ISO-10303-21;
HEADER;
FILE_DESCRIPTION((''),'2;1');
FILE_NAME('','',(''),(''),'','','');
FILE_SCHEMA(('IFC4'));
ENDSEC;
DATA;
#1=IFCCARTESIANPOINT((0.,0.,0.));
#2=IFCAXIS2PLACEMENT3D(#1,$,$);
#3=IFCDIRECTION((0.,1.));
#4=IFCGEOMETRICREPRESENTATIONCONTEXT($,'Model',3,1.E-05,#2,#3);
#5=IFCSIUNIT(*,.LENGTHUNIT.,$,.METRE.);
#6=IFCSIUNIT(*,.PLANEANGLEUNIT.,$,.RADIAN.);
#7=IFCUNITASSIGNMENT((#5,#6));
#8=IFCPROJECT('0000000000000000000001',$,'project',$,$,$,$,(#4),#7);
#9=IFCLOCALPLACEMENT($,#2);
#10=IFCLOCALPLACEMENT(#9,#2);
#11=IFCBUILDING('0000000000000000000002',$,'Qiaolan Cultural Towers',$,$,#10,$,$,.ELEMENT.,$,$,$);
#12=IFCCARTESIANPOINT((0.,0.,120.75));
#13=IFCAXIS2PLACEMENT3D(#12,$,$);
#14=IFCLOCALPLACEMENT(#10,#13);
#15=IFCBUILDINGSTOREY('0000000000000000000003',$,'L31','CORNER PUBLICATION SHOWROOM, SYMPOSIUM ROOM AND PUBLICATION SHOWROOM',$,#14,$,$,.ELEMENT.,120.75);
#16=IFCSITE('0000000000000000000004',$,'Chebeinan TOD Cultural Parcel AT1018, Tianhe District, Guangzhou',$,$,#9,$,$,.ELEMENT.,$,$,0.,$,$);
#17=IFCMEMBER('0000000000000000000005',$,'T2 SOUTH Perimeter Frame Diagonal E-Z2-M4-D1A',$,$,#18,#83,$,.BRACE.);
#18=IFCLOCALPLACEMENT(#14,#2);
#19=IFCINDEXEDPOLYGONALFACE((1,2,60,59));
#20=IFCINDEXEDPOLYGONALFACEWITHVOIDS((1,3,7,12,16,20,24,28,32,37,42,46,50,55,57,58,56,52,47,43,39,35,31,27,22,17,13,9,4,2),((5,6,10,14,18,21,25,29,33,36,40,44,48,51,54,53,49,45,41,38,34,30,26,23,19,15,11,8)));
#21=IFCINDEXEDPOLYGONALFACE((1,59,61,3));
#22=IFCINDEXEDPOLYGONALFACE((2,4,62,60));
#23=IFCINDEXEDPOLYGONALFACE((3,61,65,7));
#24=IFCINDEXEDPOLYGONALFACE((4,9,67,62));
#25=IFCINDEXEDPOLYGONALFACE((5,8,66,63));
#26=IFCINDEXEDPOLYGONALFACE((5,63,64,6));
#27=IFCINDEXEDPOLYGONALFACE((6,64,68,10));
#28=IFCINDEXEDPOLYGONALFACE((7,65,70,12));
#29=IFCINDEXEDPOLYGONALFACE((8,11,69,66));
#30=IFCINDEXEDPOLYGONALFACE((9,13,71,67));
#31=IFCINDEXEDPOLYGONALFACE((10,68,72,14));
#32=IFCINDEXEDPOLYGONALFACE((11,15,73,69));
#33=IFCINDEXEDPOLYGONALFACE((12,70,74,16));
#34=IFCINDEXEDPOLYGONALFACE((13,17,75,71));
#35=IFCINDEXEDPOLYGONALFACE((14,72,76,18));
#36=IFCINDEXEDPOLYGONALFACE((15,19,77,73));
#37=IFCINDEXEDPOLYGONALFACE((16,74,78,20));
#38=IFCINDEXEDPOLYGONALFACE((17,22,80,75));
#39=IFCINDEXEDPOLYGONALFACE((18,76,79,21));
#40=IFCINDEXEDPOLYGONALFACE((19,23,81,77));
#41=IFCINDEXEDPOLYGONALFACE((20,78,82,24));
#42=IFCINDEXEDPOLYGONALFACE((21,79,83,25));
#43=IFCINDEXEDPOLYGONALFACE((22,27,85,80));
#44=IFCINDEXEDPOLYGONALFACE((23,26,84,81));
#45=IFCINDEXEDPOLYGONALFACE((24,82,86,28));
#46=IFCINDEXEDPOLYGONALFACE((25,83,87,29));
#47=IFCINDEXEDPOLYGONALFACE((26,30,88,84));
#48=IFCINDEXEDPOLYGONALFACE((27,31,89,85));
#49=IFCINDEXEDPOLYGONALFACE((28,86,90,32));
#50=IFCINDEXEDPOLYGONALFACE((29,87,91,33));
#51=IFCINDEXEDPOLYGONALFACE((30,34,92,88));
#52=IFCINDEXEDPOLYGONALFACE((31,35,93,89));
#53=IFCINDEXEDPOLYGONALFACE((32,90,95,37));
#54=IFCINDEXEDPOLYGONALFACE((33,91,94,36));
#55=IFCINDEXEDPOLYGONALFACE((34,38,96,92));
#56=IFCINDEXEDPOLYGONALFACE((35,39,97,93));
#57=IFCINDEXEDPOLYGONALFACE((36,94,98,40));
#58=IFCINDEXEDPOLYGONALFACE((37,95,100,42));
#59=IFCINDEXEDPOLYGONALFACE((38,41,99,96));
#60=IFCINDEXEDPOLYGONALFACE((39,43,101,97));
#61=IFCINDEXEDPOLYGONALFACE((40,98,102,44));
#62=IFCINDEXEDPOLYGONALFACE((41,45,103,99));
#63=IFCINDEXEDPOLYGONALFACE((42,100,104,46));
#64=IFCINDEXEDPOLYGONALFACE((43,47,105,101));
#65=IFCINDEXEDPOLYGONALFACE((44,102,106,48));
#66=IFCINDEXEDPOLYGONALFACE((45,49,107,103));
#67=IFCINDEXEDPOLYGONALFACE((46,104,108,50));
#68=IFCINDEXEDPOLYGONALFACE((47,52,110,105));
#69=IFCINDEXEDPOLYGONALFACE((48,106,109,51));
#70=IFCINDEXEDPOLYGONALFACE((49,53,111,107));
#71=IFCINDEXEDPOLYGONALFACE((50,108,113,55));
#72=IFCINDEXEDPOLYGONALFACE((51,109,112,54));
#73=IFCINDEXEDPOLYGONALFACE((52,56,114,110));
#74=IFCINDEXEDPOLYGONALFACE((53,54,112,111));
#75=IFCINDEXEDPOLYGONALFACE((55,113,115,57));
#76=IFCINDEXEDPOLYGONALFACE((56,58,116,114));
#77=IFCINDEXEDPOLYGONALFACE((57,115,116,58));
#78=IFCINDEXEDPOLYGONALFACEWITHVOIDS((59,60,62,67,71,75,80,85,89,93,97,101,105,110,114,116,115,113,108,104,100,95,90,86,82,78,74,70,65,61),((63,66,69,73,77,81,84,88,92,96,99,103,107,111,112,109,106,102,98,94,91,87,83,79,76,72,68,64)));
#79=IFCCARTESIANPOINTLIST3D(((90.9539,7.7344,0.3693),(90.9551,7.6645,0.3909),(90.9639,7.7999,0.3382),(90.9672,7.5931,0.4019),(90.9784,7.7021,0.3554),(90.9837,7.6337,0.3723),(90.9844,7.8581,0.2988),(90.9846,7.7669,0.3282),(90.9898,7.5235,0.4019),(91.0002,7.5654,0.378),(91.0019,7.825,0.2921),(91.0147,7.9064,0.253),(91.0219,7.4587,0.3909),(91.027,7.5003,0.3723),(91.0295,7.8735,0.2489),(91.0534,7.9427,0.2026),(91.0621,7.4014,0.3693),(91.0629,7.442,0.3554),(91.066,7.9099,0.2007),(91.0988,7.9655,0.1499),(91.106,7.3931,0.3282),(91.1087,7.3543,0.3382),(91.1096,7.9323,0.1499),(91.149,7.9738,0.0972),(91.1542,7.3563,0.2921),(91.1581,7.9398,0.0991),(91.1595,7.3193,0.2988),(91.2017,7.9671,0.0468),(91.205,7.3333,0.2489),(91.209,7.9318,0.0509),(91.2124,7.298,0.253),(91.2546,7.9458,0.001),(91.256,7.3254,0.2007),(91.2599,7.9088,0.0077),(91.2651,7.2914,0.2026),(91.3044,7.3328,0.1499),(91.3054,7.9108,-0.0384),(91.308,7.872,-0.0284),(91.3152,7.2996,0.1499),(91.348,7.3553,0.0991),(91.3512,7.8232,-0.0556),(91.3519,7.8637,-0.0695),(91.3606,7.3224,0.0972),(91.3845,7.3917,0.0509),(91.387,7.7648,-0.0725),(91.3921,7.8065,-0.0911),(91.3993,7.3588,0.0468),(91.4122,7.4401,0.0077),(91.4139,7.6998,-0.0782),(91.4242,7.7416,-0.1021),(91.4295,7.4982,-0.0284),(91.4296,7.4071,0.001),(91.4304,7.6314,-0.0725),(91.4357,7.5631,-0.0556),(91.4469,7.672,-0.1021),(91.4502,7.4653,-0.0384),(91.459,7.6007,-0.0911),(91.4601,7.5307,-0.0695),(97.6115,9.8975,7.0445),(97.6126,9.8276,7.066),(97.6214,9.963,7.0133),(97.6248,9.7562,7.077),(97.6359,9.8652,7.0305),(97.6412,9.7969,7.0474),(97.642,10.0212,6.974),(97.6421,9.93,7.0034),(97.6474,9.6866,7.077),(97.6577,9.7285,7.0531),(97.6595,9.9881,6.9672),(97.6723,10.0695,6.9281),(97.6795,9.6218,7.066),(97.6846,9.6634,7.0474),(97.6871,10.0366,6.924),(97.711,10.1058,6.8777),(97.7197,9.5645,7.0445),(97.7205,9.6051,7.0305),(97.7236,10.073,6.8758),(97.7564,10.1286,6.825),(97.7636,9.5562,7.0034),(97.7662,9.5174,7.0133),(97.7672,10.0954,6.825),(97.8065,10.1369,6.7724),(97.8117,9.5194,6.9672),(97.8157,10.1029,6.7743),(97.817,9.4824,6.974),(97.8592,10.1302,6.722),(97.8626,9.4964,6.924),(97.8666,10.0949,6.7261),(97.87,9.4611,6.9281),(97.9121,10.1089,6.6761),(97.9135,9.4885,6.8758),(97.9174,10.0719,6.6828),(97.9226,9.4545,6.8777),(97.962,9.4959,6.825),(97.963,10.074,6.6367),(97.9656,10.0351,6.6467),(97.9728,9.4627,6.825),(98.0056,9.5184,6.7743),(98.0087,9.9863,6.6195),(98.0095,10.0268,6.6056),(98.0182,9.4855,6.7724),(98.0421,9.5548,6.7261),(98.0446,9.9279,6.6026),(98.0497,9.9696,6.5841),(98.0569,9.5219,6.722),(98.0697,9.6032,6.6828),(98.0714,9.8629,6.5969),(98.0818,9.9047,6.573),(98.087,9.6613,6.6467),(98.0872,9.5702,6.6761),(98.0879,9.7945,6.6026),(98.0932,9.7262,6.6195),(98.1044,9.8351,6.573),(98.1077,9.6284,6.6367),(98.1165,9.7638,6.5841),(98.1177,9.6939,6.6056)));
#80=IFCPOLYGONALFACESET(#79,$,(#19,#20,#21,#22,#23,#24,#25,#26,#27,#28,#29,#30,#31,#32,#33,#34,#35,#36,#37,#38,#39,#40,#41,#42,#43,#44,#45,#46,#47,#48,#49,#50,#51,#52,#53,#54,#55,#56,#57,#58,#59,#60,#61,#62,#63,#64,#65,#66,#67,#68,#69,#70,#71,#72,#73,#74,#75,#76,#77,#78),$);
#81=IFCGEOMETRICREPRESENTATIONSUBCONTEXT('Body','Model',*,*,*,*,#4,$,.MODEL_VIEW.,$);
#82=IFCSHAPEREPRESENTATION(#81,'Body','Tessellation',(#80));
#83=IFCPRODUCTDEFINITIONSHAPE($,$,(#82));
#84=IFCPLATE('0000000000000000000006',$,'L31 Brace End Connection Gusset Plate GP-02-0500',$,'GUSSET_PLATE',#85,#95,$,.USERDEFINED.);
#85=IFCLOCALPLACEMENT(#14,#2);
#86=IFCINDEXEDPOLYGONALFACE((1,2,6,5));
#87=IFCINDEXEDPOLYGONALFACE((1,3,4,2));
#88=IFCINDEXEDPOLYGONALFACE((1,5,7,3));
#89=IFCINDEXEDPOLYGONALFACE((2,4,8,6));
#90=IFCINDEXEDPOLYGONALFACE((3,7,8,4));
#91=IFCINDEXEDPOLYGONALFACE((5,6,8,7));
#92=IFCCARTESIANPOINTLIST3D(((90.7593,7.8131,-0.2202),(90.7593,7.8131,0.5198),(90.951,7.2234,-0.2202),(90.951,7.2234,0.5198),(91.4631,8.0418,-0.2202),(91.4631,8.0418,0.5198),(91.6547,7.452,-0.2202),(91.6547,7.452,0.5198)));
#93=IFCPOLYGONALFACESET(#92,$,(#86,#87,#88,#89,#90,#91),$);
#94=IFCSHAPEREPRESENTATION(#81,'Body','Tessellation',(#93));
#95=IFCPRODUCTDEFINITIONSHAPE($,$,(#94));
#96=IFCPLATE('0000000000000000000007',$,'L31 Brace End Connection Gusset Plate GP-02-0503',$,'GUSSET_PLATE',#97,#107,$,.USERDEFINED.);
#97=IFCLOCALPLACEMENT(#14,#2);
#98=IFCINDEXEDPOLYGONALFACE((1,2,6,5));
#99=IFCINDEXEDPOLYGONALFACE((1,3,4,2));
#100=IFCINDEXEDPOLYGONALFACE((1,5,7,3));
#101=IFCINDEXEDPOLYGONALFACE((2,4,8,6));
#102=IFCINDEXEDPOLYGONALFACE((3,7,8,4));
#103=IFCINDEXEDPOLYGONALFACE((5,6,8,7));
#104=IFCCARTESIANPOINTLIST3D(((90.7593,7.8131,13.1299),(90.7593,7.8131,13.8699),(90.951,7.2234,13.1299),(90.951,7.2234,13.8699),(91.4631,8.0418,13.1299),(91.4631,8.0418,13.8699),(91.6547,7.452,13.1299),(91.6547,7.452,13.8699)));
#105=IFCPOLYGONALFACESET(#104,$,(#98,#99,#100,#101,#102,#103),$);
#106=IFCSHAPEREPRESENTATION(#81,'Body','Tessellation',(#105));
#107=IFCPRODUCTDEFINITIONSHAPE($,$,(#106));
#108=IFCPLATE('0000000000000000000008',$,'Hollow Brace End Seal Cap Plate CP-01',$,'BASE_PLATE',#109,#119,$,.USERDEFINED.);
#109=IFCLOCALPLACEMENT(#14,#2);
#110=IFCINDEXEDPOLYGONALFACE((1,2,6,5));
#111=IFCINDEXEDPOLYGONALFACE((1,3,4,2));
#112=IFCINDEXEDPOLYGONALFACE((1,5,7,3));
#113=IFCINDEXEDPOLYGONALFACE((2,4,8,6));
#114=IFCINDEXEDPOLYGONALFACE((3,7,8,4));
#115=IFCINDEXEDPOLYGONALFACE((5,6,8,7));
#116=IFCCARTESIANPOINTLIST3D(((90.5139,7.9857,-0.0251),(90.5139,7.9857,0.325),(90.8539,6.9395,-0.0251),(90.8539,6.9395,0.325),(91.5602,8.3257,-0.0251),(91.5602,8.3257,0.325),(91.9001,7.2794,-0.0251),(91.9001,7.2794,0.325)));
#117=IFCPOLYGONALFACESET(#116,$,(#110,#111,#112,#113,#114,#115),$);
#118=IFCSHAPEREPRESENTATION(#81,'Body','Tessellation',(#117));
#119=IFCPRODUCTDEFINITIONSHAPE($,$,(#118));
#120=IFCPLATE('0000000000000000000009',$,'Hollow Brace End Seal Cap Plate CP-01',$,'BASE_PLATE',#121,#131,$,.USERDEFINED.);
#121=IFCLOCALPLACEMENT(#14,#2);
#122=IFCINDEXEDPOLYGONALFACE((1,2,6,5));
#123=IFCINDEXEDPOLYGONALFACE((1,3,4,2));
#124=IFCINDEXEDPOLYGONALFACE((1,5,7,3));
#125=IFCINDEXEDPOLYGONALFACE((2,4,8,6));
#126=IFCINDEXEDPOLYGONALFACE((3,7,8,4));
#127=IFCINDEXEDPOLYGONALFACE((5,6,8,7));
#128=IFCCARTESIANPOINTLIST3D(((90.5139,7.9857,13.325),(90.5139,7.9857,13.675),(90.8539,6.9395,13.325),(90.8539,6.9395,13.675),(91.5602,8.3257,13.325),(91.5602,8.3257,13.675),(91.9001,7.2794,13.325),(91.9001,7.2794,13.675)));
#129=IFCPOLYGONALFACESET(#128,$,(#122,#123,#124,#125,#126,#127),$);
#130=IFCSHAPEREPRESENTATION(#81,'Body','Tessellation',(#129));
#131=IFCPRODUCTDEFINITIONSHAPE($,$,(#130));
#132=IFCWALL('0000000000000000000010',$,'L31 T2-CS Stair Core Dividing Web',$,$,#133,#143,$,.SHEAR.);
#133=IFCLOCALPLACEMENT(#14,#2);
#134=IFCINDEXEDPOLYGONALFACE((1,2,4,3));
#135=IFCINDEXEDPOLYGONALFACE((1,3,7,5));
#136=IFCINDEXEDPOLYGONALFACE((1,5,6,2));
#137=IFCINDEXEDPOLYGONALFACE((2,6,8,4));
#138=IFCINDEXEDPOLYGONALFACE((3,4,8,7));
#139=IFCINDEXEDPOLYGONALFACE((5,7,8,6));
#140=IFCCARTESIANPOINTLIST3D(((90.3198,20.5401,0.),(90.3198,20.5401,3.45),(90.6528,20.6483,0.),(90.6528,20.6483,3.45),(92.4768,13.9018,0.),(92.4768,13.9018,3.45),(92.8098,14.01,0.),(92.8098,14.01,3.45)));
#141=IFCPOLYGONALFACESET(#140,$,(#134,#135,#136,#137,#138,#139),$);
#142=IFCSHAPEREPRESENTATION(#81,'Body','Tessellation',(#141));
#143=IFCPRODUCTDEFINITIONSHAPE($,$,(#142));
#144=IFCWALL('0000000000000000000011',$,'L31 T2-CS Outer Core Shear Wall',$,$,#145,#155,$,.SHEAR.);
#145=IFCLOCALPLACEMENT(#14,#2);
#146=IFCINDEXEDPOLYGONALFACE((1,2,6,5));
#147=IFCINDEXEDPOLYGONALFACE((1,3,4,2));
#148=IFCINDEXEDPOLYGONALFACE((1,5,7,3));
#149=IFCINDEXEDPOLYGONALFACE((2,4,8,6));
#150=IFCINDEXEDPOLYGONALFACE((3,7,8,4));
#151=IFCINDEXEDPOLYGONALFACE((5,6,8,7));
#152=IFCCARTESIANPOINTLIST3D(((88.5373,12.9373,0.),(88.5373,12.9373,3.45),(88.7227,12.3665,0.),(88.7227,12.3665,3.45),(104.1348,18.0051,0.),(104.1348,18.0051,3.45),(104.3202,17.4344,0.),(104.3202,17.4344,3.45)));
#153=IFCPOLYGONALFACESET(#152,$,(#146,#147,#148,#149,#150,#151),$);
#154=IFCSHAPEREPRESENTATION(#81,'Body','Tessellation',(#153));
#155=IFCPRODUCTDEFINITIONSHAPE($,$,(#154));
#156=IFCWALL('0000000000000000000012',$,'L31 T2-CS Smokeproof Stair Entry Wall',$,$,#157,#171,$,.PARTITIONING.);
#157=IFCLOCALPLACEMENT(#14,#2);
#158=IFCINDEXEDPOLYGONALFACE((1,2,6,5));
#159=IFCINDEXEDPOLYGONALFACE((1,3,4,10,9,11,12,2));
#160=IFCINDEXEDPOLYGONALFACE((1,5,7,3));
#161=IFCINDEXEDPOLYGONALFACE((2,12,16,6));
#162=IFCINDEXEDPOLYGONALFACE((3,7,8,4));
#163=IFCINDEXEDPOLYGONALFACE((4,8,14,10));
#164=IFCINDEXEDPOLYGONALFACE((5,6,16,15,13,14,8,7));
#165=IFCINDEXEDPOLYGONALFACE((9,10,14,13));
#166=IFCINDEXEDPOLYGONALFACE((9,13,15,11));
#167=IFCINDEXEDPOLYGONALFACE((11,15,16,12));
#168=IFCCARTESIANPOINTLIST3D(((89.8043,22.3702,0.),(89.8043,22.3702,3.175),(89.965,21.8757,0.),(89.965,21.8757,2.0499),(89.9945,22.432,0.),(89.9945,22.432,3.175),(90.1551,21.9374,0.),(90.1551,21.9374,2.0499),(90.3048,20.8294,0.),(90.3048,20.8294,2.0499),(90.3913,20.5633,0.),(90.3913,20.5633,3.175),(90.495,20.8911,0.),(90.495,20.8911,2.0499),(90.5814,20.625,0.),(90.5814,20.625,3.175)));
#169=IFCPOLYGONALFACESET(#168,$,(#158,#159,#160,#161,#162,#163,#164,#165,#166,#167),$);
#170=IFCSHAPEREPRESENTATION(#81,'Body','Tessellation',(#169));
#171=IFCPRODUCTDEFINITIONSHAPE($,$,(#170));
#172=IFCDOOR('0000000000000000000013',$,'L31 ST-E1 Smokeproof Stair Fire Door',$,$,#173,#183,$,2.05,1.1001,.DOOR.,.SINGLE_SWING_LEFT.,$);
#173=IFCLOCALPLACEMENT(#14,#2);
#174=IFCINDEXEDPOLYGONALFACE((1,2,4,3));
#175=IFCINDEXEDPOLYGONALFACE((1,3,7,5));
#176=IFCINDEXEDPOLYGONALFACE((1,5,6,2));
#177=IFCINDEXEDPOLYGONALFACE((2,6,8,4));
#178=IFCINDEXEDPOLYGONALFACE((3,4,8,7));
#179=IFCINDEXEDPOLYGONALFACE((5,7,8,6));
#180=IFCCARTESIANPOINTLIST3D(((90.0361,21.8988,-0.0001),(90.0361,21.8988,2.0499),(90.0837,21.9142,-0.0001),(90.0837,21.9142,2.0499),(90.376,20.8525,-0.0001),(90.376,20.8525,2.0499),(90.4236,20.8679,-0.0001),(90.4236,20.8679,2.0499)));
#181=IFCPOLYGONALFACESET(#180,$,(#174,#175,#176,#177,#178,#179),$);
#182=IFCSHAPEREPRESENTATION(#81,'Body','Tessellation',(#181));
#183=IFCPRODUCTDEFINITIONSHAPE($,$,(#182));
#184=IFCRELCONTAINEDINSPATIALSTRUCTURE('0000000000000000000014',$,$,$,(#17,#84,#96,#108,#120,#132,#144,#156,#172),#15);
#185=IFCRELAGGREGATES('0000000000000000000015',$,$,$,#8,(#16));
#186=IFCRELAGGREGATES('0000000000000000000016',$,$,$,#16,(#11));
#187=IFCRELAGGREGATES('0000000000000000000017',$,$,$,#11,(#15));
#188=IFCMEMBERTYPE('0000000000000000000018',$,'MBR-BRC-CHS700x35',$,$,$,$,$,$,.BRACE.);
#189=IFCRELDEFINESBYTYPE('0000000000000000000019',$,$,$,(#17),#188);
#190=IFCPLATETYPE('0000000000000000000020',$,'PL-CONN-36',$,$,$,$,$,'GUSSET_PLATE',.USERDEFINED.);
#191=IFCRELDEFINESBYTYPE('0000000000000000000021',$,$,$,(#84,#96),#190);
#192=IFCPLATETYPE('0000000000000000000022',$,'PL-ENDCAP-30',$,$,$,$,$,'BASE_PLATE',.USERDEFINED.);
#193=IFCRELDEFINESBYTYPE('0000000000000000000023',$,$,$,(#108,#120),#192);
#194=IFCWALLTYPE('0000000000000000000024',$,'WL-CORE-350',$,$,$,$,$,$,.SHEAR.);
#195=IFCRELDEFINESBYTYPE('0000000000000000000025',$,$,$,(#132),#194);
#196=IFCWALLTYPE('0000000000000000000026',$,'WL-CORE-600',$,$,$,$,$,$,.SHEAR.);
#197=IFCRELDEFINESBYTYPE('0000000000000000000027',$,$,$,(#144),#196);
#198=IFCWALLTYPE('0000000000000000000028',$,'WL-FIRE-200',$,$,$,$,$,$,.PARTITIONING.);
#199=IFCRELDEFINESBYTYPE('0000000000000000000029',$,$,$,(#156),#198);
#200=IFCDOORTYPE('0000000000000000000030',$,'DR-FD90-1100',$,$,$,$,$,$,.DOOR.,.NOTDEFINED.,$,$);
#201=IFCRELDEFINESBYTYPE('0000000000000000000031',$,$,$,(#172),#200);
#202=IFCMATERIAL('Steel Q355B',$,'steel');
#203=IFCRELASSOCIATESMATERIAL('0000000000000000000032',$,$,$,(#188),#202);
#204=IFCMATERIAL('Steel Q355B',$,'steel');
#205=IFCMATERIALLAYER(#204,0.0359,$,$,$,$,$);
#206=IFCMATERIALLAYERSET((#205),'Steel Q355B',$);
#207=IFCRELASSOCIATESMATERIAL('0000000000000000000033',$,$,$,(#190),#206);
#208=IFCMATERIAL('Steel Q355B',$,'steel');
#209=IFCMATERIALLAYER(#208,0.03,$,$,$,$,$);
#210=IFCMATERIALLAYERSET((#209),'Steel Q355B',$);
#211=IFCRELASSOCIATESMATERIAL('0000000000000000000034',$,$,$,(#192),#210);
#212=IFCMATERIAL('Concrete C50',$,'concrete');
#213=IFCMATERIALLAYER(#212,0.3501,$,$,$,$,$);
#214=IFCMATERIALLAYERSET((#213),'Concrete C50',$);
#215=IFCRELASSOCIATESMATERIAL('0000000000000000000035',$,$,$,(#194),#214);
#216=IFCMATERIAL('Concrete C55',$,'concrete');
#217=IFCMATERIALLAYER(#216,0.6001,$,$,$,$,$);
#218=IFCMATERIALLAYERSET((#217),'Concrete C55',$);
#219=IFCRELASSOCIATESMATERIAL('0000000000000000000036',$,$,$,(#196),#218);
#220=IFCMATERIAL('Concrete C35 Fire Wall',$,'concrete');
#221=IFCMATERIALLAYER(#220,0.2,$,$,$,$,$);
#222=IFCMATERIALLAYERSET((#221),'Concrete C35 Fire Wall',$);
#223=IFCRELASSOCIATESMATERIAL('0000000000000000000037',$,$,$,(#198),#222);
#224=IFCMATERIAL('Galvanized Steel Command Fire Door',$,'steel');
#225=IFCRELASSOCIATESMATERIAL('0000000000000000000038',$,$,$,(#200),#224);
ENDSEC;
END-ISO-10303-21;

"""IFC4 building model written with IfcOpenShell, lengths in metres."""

from ifc_helpers import new_model, si_unit, direction, frame, frame_2d, origin, origin_2d, place, context, subcontext, project, spatial, rectangle, hollow_circle, extrude, material, layer, layer_set, material_profile, profile_set, type_object, element, fill, save


model = new_model("IFC4")

# Units and contexts
model_context = context("Model", 3, precision=1e-05, world=origin(), true_north=direction((0.0, 1.0)))
body_context = subcontext(model_context, "Body", "Model", "MODEL_VIEW")
ifc_project = project(units=[si_unit("LENGTHUNIT", "METRE"), si_unit("PLANEANGLEUNIT", "RADIAN")], contexts=[model_context])

# Site, building, storey
site_placement = place(None, origin())
site = spatial("IfcSite", under=ifc_project, at=site_placement, Name="Chebeinan TOD Cultural Parcel AT1018, Tianhe District, Guangzhou", CompositionType="ELEMENT", RefElevation=0.0)
building_placement = place(site_placement, origin())
building = spatial("IfcBuilding", under=site, at=building_placement, Name="Qiaolan Cultural Towers", CompositionType="ELEMENT")
storey_placement = place(building_placement, frame((0.0, 0.0, 120.75)))
storey = spatial("IfcBuildingStorey", under=building, at=storey_placement, Name="L31", Description="CORNER PUBLICATION SHOWROOM, SYMPOSIUM ROOM AND PUBLICATION SHOWROOM", CompositionType="ELEMENT", Elevation=120.75)

# Member
ifc_material_1 = material(Name="Steel Q355B", Category="steel")
ifc_material_profile_1 = material_profile(ifc_material_1, hollow_circle(Radius=0.3501, WallThickness=0.0349, at=origin_2d()), Name="CHS700x35")
ifc_profile_set_1 = profile_set([ifc_material_profile_1], Name="Steel Q355B")
member_type = type_object("IfcMemberType", Name="MBR-BRC-CHS700x35", PredefinedType="BRACE", material=ifc_profile_set_1)
member_placement = place(storey_placement, frame((91.207, 7.6326, 0.1499), z_axis=(0.688289, 0.223633, 0.690106), x_axis=(-0.30901, 0.951059, 0.0)))
element("IfcMember", 1, at=member_placement, inside=storey, type_object=member_type, Name="T2 SOUTH Perimeter Frame Diagonal E-Z2-M4-D1A", PredefinedType="BRACE", context=body_context, shape_type="SweptSolid", body=[
    extrude(hollow_circle(Radius=0.3501, WallThickness=0.0349, at=origin_2d()), origin(), (0.0, 0.0, 1.0), 9.6726),
])

# Plates
ifc_material_2 = material(Name="Steel Q355B", Category="steel")
ifc_layer_1 = layer(ifc_material_2, 0.0359)
ifc_layer_set_1 = layer_set([ifc_layer_1], Name="Steel Q355B")
plate_type_1 = type_object("IfcPlateType", Name="PL-CONN-36", ElementType="GUSSET_PLATE", PredefinedType="USERDEFINED", material=ifc_layer_set_1)
for number, where, z_axis, x_axis, name in (
    (2, (91.207, 7.6326, -0.2202), (0.0, 0.0, 1.0), (0.951057, 0.309017, 0.0), "L31 Brace End Connection Gusset Plate GP-02-0500"),
    (3, (91.207, 7.6326, 13.1299), (0.0, 0.0, 1.0), (0.951057, 0.309017, 0.0), "L31 Brace End Connection Gusset Plate GP-02-0503"),
):
    element("IfcPlate", number, at=place(storey_placement, frame(where, z_axis=z_axis, x_axis=x_axis)), inside=storey, type_object=plate_type_1, Name=name, ObjectType="GUSSET_PLATE", PredefinedType="USERDEFINED", context=body_context, shape_type="SweptSolid", body=[
        extrude(rectangle(XDim=0.74, YDim=0.6201, at=origin_2d()), origin(), (0.0, 0.0, 1.0), 0.74),
    ])
ifc_material_3 = material(Name="Steel Q355B", Category="steel")
ifc_layer_2 = layer(ifc_material_3, 0.03)
ifc_layer_set_2 = layer_set([ifc_layer_2], Name="Steel Q355B")
plate_type_2 = type_object("IfcPlateType", Name="PL-ENDCAP-30", ElementType="BASE_PLATE", PredefinedType="USERDEFINED", material=ifc_layer_set_2)
for number, where, z_axis, x_axis, name in (
    (4, (91.207, 7.6326, -0.0251), (0.0, 0.0, 1.0), (0.951057, 0.309017, 0.0), "Hollow Brace End Seal Cap Plate CP-01"),
    (5, (91.207, 7.6326, 13.325), (0.0, 0.0, 1.0), (0.951057, 0.309017, 0.0), "Hollow Brace End Seal Cap Plate CP-01"),
):
    element("IfcPlate", number, at=place(storey_placement, frame(where, z_axis=z_axis, x_axis=x_axis)), inside=storey, type_object=plate_type_2, Name=name, ObjectType="BASE_PLATE", PredefinedType="USERDEFINED", context=body_context, shape_type="SweptSolid", body=[
        extrude(rectangle(XDim=1.1001, YDim=1.1001, at=origin_2d()), origin(), (0.0, 0.0, 1.0), 0.3501),
    ])

# Walls
ifc_material_4 = material(Name="Concrete C50", Category="concrete")
ifc_layer_3 = layer(ifc_material_4, 0.3501)
ifc_layer_set_3 = layer_set([ifc_layer_3], Name="Concrete C50")
wall_type_1 = type_object("IfcWallType", Name="WL-CORE-350", PredefinedType="SHEAR", material=ifc_layer_set_3)
wall_1_placement = place(storey_placement, frame((90.4863, 20.5942, 0.0), z_axis=(0.0, 0.0, 1.0), x_axis=(0.30902, -0.951055, 0.0)))
element("IfcWall", 6, at=wall_1_placement, inside=storey, type_object=wall_type_1, Name="L31 T2-CS Stair Core Dividing Web", PredefinedType="SHEAR", context=body_context, shape_type="SweptSolid", body=[
    extrude(rectangle(XDim=6.98, YDim=0.3501, at=frame_2d((3.49, 0.0))), origin(), (0.0, 0.0, 1.0), 3.45),
])
ifc_material_5 = material(Name="Concrete C55", Category="concrete")
ifc_layer_4 = layer(ifc_material_5, 0.6001)
ifc_layer_set_4 = layer_set([ifc_layer_4], Name="Concrete C55")
wall_type_2 = type_object("IfcWallType", Name="WL-CORE-600", PredefinedType="SHEAR", material=ifc_layer_set_4)
wall_2_placement = place(storey_placement, frame((88.6299, 12.6519, 0.0), z_axis=(0.0, 0.0, 1.0), x_axis=(0.951057, 0.309015, 0.0)))
element("IfcWall", 7, at=wall_2_placement, inside=storey, type_object=wall_type_2, Name="L31 T2-CS Outer Core Shear Wall", PredefinedType="SHEAR", context=body_context, shape_type="SweptSolid", body=[
    extrude(rectangle(XDim=16.4001, YDim=0.6001, at=frame_2d((8.2002, 0.0))), origin(), (0.0, 0.0, 1.0), 3.45),
])

# Wall, opening, door
ifc_material_6 = material(Name="Concrete C35 Fire Wall", Category="concrete")
ifc_layer_5 = layer(ifc_material_6, 0.2)
ifc_layer_set_5 = layer_set([ifc_layer_5], Name="Concrete C35 Fire Wall")
wall_type_3 = type_object("IfcWallType", Name="WL-FIRE-200", PredefinedType="PARTITIONING", material=ifc_layer_set_5)
wall_3_placement = place(storey_placement, frame((89.8994, 22.4011, 0.0), z_axis=(0.0, 0.0, 1.0), x_axis=(0.308932, -0.951084, 0.0)))
wall_3 = element("IfcWall", 8, at=wall_3_placement, inside=storey, type_object=wall_type_3, Name="L31 T2-CS Smokeproof Stair Entry Wall", PredefinedType="PARTITIONING", context=body_context, shape_type="SweptSolid", body=[
    extrude(rectangle(XDim=1.8999, YDim=0.2, at=frame_2d((0.95, 0.0))), origin(), (0.0, 0.0, 1.0), 3.175),
])
opening_1_placement = place(wall_3_placement, frame((0.52, 0.0, 0.0)))
opening_1 = element("IfcOpeningElement", 9, at=opening_1_placement, cuts=wall_3, PredefinedType="OPENING", context=body_context, shape_type="SweptSolid", body=[
    extrude(rectangle(XDim=1.1001, YDim=2.05, at=frame_2d((0.55, 1.0249))), frame((0.0, 0.1099, 0.0), z_axis=(0.0, -1.0, 0.0), x_axis=(1.0, 0.0, 0.0)), (0.0, 0.0, 1.0), 0.22),
])
ifc_material_7 = material(Name="Galvanized Steel Command Fire Door", Category="steel")
door_type_1 = type_object("IfcDoorType", Name="DR-FD90-1100", OperationType="NOTDEFINED", PredefinedType="DOOR", material=ifc_material_7)
door_1_placement = place(opening_1_placement, origin())
door_1 = element("IfcDoor", 10, at=door_1_placement, inside=storey, type_object=door_type_1, Name="L31 ST-E1 Smokeproof Stair Fire Door", OperationType="SINGLE_SWING_LEFT", OverallHeight=2.05, OverallWidth=1.1001, PredefinedType="DOOR", context=body_context, shape_type="SweptSolid", body=[
    extrude(rectangle(XDim=1.1001, YDim=2.05, at=frame_2d((0.55, 1.0249))), frame((0.0, 0.0249, 0.0), z_axis=(0.0, -1.0, 0.0), x_axis=(1.0, 0.0, 0.0)), (0.0, 0.0, 1.0), 0.05),
])
fill(opening_1, door_1)

save(model, "model.ifc")
